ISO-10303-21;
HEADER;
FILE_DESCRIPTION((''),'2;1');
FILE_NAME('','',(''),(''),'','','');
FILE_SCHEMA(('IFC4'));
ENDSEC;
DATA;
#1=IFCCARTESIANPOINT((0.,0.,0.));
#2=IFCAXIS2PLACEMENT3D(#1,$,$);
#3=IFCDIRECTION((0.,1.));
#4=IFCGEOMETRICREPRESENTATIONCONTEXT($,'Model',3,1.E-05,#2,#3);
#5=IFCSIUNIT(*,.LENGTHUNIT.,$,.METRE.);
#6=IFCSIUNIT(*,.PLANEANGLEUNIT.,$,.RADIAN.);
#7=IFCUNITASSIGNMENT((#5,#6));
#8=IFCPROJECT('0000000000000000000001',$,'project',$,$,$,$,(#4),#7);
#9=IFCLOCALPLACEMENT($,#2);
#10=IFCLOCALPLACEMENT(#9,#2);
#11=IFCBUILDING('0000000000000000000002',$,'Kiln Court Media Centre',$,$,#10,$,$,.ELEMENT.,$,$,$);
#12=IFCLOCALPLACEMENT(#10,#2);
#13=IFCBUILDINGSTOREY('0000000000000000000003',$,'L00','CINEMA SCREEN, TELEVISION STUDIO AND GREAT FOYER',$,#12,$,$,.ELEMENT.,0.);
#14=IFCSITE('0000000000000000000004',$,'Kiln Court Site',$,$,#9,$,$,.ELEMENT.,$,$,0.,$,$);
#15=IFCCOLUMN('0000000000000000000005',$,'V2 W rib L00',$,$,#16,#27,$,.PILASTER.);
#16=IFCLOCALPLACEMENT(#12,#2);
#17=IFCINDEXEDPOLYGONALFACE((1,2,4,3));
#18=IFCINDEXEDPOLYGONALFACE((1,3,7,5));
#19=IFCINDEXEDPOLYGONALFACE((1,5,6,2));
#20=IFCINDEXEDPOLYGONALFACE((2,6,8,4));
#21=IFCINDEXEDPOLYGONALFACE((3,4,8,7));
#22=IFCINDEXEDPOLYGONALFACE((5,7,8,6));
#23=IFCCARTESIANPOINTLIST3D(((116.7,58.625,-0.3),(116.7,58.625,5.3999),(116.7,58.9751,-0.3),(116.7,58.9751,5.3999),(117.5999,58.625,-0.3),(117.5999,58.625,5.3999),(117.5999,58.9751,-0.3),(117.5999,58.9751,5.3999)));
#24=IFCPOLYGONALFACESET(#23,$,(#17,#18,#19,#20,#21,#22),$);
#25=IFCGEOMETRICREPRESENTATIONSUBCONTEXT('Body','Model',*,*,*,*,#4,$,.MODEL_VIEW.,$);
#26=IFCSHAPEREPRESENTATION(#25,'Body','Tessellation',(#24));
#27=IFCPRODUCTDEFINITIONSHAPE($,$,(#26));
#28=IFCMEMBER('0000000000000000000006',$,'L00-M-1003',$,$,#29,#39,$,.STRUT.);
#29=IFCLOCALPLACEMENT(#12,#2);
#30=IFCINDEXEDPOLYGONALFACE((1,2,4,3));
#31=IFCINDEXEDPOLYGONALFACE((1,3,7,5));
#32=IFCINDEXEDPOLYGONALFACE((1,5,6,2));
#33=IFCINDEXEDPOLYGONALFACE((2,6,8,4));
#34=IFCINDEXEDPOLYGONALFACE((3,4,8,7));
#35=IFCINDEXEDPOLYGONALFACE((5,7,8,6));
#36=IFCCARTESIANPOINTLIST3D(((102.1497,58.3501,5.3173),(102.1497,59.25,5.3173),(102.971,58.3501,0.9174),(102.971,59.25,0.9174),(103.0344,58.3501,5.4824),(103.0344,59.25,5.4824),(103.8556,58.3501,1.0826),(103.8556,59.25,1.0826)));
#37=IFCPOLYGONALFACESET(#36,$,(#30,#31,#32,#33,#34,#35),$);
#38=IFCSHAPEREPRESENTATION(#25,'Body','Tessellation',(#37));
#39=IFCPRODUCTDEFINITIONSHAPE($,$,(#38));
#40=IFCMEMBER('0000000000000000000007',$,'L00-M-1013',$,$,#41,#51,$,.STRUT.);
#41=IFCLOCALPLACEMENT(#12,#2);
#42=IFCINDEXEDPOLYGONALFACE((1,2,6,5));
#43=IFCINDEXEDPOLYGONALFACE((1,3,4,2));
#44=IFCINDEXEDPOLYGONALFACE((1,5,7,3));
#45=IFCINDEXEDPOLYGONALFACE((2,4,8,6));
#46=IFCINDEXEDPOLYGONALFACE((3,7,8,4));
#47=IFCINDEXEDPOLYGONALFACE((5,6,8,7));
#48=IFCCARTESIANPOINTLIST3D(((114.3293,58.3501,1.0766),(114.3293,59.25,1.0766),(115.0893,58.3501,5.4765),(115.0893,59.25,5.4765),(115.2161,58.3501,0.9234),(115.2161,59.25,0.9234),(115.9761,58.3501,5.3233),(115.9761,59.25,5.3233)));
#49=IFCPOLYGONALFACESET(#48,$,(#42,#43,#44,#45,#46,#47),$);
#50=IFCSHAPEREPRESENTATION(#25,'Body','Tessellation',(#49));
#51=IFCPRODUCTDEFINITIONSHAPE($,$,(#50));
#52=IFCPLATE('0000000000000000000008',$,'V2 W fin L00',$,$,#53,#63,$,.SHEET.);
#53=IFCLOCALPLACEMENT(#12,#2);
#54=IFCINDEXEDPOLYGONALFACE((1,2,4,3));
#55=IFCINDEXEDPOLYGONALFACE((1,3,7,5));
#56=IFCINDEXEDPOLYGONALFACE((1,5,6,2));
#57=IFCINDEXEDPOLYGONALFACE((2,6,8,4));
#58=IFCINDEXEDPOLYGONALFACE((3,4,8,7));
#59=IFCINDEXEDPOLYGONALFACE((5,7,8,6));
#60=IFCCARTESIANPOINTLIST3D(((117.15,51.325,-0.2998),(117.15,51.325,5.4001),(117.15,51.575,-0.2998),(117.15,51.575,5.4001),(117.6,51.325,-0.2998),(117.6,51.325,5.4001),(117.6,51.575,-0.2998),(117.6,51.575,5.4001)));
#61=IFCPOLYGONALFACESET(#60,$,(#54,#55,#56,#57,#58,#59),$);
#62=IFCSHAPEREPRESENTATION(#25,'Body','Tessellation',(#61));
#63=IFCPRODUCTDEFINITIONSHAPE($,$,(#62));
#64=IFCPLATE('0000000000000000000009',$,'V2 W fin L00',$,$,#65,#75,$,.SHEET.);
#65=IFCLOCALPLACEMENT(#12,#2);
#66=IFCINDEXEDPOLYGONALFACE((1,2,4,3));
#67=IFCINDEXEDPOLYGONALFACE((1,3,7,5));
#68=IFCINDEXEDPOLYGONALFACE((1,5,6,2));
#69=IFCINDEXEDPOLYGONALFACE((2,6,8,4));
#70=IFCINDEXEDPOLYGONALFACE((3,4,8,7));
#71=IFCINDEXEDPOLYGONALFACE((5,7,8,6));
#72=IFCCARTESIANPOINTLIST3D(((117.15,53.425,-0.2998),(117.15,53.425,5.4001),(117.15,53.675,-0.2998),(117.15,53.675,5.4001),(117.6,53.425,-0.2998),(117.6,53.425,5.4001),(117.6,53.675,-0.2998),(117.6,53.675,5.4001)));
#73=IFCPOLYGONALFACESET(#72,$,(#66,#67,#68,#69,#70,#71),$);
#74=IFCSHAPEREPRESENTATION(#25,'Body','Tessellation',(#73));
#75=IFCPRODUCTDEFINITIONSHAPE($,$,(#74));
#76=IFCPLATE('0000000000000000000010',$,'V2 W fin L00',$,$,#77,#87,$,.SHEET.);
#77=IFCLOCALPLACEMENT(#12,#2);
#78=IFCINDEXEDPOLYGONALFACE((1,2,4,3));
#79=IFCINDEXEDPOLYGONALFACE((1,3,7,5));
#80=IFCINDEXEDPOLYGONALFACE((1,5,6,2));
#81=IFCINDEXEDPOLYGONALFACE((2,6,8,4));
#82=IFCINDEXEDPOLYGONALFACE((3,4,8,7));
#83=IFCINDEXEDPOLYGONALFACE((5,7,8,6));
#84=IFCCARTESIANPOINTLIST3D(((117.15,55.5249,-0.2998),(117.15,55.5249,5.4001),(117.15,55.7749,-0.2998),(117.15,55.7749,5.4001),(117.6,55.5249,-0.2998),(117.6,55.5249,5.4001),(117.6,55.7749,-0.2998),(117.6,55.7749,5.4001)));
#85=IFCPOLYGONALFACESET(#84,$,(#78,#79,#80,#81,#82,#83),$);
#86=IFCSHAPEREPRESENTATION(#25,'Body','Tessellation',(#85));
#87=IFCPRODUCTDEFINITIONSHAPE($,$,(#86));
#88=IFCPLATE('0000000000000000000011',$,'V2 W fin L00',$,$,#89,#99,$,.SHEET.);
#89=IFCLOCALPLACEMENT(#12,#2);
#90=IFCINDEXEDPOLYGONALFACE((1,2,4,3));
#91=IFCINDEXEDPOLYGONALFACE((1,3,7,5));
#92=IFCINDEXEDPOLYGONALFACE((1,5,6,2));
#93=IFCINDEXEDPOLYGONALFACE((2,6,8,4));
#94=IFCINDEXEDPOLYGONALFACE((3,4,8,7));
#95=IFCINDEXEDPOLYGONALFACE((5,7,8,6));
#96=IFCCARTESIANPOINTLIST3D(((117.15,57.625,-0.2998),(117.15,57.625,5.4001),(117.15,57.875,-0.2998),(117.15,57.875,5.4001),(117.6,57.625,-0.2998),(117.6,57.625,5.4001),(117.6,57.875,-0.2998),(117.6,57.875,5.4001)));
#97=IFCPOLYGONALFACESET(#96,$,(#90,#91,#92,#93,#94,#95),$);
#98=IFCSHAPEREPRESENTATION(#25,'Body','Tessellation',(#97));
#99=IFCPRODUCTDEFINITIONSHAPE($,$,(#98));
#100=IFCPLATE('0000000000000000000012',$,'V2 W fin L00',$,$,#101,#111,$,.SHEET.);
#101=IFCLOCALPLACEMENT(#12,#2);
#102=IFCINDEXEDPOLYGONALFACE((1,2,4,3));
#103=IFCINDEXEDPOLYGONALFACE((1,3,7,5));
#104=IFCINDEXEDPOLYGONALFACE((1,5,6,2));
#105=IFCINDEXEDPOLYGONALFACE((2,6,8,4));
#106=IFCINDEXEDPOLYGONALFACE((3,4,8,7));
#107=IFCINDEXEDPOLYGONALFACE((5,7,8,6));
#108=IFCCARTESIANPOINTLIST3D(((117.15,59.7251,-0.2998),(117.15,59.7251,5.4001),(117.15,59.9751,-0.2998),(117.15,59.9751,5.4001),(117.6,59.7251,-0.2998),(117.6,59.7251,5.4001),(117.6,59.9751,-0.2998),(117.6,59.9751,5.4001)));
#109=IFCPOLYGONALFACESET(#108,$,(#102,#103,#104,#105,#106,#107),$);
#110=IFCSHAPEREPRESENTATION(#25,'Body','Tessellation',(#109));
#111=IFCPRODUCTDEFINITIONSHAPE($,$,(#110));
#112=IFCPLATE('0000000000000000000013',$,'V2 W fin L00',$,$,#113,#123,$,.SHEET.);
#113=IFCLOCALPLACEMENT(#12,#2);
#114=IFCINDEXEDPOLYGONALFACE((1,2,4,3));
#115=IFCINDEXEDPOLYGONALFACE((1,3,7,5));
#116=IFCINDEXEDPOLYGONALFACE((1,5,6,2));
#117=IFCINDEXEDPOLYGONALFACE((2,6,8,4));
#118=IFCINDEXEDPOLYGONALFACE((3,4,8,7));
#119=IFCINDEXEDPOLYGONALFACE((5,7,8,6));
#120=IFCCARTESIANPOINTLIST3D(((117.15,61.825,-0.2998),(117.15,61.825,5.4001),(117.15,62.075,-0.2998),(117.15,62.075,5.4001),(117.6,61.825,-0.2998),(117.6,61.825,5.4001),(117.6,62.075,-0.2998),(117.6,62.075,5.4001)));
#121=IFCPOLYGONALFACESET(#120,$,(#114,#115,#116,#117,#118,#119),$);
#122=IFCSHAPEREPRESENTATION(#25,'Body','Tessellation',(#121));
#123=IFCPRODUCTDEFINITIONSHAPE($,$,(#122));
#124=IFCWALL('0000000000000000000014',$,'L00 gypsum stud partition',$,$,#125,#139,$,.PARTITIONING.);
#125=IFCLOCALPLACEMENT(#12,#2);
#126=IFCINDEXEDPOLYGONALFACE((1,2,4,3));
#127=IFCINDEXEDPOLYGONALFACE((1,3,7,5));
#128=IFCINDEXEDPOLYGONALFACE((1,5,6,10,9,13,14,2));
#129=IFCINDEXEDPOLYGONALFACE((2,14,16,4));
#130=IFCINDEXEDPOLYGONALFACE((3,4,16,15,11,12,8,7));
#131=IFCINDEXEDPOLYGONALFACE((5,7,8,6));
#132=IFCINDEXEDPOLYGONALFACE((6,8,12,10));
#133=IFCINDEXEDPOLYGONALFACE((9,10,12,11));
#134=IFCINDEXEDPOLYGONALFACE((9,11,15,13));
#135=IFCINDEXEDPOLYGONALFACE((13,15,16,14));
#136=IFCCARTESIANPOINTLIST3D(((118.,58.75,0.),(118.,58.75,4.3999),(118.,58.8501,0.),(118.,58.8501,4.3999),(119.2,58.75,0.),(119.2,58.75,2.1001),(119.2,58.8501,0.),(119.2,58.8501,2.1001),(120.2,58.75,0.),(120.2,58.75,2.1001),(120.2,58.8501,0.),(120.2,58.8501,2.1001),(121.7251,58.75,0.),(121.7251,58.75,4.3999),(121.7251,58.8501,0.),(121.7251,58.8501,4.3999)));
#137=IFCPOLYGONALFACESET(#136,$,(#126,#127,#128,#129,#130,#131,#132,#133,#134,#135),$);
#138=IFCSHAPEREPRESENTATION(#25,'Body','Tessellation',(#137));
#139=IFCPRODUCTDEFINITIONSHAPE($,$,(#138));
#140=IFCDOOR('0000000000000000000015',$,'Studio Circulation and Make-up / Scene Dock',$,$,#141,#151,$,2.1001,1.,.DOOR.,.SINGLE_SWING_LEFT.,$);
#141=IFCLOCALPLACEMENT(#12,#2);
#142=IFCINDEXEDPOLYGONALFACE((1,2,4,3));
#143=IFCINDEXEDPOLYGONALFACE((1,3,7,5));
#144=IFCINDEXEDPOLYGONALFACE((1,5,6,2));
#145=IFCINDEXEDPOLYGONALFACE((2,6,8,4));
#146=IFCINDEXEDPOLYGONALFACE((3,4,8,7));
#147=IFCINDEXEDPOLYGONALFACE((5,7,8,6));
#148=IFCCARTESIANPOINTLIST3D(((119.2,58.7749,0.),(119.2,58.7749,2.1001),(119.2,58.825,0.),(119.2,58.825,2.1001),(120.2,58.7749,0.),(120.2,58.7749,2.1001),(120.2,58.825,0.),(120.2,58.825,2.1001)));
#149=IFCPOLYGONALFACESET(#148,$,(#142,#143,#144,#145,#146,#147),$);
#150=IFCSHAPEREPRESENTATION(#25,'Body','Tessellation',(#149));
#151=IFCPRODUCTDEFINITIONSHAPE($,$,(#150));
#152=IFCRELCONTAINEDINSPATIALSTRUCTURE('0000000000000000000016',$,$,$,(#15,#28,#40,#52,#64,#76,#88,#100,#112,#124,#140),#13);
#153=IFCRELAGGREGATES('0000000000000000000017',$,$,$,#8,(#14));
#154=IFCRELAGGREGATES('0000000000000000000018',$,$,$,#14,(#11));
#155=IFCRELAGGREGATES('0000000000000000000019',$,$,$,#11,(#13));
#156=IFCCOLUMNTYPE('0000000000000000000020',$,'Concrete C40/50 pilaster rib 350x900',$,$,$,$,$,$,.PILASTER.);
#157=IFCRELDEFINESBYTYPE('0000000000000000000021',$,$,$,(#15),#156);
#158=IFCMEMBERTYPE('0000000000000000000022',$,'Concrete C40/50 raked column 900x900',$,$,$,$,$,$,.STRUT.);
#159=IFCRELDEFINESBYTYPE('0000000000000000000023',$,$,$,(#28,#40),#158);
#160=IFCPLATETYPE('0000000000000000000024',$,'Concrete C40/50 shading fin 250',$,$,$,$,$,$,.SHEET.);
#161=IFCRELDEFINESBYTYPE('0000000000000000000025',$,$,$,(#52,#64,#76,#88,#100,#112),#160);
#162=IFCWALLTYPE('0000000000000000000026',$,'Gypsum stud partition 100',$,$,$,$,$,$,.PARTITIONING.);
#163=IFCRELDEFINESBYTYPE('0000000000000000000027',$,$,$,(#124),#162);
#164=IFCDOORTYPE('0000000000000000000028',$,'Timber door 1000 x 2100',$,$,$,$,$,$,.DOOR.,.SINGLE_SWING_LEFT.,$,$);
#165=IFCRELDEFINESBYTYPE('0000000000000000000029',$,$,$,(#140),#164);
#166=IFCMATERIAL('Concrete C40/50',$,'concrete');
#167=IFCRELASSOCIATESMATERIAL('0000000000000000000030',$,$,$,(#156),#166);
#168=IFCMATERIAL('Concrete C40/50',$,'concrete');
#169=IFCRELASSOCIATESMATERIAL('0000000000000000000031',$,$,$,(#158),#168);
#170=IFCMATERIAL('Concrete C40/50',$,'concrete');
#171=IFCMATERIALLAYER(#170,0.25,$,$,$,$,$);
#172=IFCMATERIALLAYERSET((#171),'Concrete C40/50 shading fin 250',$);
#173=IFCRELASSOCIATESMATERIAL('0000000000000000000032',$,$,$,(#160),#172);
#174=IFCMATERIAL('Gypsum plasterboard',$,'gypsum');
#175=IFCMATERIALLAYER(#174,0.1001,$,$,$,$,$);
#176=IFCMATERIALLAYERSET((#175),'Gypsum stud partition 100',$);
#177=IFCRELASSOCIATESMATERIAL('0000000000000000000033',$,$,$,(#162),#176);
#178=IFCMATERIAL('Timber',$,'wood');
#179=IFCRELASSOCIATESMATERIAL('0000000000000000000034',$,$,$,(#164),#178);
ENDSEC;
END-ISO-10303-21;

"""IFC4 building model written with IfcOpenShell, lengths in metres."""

from ifc_helpers import new_model, si_unit, direction, frame, frame_2d, origin, origin_2d, place, context, subcontext, project, spatial, rectangle, extrude, material, layer, layer_set, material_profile, profile_set, type_object, element, fill, save


model = new_model("IFC4")

# Units and contexts
model_context = context("Model", 3, precision=1e-05, world=origin(), true_north=direction((0.0, 1.0)))
body_context = subcontext(model_context, "Body", "Model", "MODEL_VIEW")
ifc_project = project(units=[si_unit("LENGTHUNIT", "METRE"), si_unit("PLANEANGLEUNIT", "RADIAN")], contexts=[model_context])

# Site, building, storey
site_placement = place(None, origin())
site = spatial("IfcSite", under=ifc_project, at=site_placement, Name="Kiln Court Site", CompositionType="ELEMENT", RefElevation=0.0)
building_placement = place(site_placement, origin())
building = spatial("IfcBuilding", under=site, at=building_placement, Name="Kiln Court Media Centre", CompositionType="ELEMENT")
storey_placement = place(building_placement, origin())
storey = spatial("IfcBuildingStorey", under=building, at=storey_placement, Name="L00", Description="CINEMA SCREEN, TELEVISION STUDIO AND GREAT FOYER", CompositionType="ELEMENT", Elevation=0.0)

# Column
ifc_material_1 = material(Name="Concrete C40/50", Category="concrete")
ifc_material_profile_1 = material_profile(ifc_material_1, rectangle(XDim=0.3501, YDim=0.8999, at=origin_2d()), Name="RC 350x900")
ifc_profile_set_1 = profile_set([ifc_material_profile_1], Name="Concrete C40/50")
column_type_1 = type_object("IfcColumnType", Name="Concrete C40/50 pilaster rib 350x900", PredefinedType="PILASTER", material=ifc_profile_set_1)
for number, where, z_axis, x_axis, name in (
    (1, (117.1499, 58.8, -0.3), (0.0, 0.0, 1.0), (0.0, 1.0, 0.0), "V2 W rib L00"),
):
    element("IfcColumn", number, at=place(storey_placement, frame(where, z_axis=z_axis, x_axis=x_axis)), inside=storey, type_object=column_type_1, Name=name, PredefinedType="PILASTER", context=body_context, shape_type="SweptSolid", body=[
        extrude(rectangle(XDim=0.3501, YDim=0.8999, at=origin_2d()), origin(), (0.0, 0.0, 1.0), 5.7),
    ])

# Members
ifc_material_2 = material(Name="Concrete C40/50", Category="concrete")
ifc_material_profile_2 = material_profile(ifc_material_2, rectangle(XDim=0.8999, YDim=0.8999, at=origin_2d()), Name="RC 900x900")
ifc_profile_set_2 = profile_set([ifc_material_profile_2], Name="Concrete C40/50")
member_type = type_object("IfcMemberType", Name="Concrete C40/50 raked column 900x900", PredefinedType="STRUT", material=ifc_profile_set_2)
member_1_placement = place(storey_placement, frame((103.4133, 58.8, 1.0), z_axis=(-0.183491, 0.0, 0.983021), x_axis=(0.0, -1.0, 0.0)))
element("IfcMember", 2, at=member_1_placement, inside=storey, type_object=member_type, Name="L00-M-1003", PredefinedType="STRUT", context=body_context, shape_type="SweptSolid", body=[
    extrude(rectangle(XDim=0.8999, YDim=0.8999, at=origin_2d()), origin(), (0.0, 0.0, 1.0), 4.4758),
])
member_2_placement = place(storey_placement, frame((114.7727, 58.8, 1.0), z_axis=(0.170213, 0.0, 0.985407), x_axis=(0.0, 1.0, 0.0)))
element("IfcMember", 3, at=member_2_placement, inside=storey, type_object=member_type, Name="L00-M-1013", PredefinedType="STRUT", context=body_context, shape_type="SweptSolid", body=[
    extrude(rectangle(XDim=0.8999, YDim=0.8999, at=origin_2d()), origin(), (0.0, 0.0, 1.0), 4.4651),
])

# Plates
ifc_material_3 = material(Name="Concrete C40/50", Category="concrete")
ifc_layer_1 = layer(ifc_material_3, 0.25)
ifc_layer_set_1 = layer_set([ifc_layer_1], Name="Concrete C40/50 shading fin 250")
plate_type = type_object("IfcPlateType", Name="Concrete C40/50 shading fin 250", PredefinedType="SHEET", material=ifc_layer_set_1)
for number, where, z_axis, x_axis, name in (
    (4, (117.375, 51.45, -0.2998), (0.0, 0.0, 1.0), (1.0, 0.0, 0.0), "V2 W fin L00"),
    (5, (117.375, 53.55, -0.2998), (0.0, 0.0, 1.0), (1.0, 0.0, 0.0), "V2 W fin L00"),
    (6, (117.375, 55.6499, -0.2998), (0.0, 0.0, 1.0), (1.0, 0.0, 0.0), "V2 W fin L00"),
    (7, (117.375, 57.75, -0.2998), (0.0, 0.0, 1.0), (1.0, 0.0, 0.0), "V2 W fin L00"),
    (8, (117.375, 59.8501, -0.2998), (0.0, 0.0, 1.0), (1.0, 0.0, 0.0), "V2 W fin L00"),
    (9, (117.375, 61.95, -0.2998), (0.0, 0.0, 1.0), (1.0, 0.0, 0.0), "V2 W fin L00"),
):
    element("IfcPlate", number, at=place(storey_placement, frame(where, z_axis=z_axis, x_axis=x_axis)), inside=storey, type_object=plate_type, Name=name, PredefinedType="SHEET", context=body_context, shape_type="SweptSolid", body=[
        extrude(rectangle(XDim=0.45, YDim=0.25, at=origin_2d()), origin(), (0.0, 0.0, 1.0), 5.7),
    ])

# Wall, opening, door
ifc_material_4 = material(Name="Gypsum plasterboard", Category="gypsum")
ifc_layer_2 = layer(ifc_material_4, 0.1001)
ifc_layer_set_2 = layer_set([ifc_layer_2], Name="Gypsum stud partition 100")
wall_type = type_object("IfcWallType", Name="Gypsum stud partition 100", PredefinedType="PARTITIONING", material=ifc_layer_set_2)
wall_placement = place(storey_placement, frame((118.0, 58.8, 0.0), z_axis=(0.0, 0.0, 1.0), x_axis=(1.0, 0.0, 0.0)))
wall = element("IfcWall", 10, at=wall_placement, inside=storey, type_object=wall_type, Name="L00 gypsum stud partition", PredefinedType="PARTITIONING", context=body_context, shape_type="SweptSolid", body=[
    extrude(rectangle(XDim=3.7251, YDim=0.1001, at=frame_2d((1.8625, 0.0))), origin(), (0.0, 0.0, 1.0), 4.3999),
])
opening_placement = place(wall_placement, frame((1.2, 0.0, 0.0)))
opening = element("IfcOpeningElement", 11, at=opening_placement, cuts=wall, PredefinedType="OPENING", context=body_context, shape_type="SweptSolid", body=[
    extrude(rectangle(XDim=1.0, YDim=2.1001, at=frame_2d((0.5, 1.05))), frame((0.0, 0.0601, 0.0), z_axis=(0.0, -1.0, 0.0), x_axis=(1.0, 0.0, 0.0)), (0.0, 0.0, 1.0), 0.1201),
])
ifc_material_5 = material(Name="Timber", Category="wood")
door_type = type_object("IfcDoorType", Name="Timber door 1000 x 2100", OperationType="SINGLE_SWING_LEFT", PredefinedType="DOOR", material=ifc_material_5)
door_placement = place(opening_placement, origin())
door = element("IfcDoor", 12, at=door_placement, inside=storey, type_object=door_type, Name="Studio Circulation and Make-up / Scene Dock", OperationType="SINGLE_SWING_LEFT", OverallHeight=2.1001, OverallWidth=1.0, PredefinedType="DOOR", context=body_context, shape_type="SweptSolid", body=[
    extrude(rectangle(XDim=1.0, YDim=2.1001, at=frame_2d((0.5, 1.05))), frame((0.0, 0.0249, 0.0), z_axis=(0.0, -1.0, 0.0), x_axis=(1.0, 0.0, 0.0)), (0.0, 0.0, 1.0), 0.05),
])
fill(opening, door)

save(model, "model.ifc")
